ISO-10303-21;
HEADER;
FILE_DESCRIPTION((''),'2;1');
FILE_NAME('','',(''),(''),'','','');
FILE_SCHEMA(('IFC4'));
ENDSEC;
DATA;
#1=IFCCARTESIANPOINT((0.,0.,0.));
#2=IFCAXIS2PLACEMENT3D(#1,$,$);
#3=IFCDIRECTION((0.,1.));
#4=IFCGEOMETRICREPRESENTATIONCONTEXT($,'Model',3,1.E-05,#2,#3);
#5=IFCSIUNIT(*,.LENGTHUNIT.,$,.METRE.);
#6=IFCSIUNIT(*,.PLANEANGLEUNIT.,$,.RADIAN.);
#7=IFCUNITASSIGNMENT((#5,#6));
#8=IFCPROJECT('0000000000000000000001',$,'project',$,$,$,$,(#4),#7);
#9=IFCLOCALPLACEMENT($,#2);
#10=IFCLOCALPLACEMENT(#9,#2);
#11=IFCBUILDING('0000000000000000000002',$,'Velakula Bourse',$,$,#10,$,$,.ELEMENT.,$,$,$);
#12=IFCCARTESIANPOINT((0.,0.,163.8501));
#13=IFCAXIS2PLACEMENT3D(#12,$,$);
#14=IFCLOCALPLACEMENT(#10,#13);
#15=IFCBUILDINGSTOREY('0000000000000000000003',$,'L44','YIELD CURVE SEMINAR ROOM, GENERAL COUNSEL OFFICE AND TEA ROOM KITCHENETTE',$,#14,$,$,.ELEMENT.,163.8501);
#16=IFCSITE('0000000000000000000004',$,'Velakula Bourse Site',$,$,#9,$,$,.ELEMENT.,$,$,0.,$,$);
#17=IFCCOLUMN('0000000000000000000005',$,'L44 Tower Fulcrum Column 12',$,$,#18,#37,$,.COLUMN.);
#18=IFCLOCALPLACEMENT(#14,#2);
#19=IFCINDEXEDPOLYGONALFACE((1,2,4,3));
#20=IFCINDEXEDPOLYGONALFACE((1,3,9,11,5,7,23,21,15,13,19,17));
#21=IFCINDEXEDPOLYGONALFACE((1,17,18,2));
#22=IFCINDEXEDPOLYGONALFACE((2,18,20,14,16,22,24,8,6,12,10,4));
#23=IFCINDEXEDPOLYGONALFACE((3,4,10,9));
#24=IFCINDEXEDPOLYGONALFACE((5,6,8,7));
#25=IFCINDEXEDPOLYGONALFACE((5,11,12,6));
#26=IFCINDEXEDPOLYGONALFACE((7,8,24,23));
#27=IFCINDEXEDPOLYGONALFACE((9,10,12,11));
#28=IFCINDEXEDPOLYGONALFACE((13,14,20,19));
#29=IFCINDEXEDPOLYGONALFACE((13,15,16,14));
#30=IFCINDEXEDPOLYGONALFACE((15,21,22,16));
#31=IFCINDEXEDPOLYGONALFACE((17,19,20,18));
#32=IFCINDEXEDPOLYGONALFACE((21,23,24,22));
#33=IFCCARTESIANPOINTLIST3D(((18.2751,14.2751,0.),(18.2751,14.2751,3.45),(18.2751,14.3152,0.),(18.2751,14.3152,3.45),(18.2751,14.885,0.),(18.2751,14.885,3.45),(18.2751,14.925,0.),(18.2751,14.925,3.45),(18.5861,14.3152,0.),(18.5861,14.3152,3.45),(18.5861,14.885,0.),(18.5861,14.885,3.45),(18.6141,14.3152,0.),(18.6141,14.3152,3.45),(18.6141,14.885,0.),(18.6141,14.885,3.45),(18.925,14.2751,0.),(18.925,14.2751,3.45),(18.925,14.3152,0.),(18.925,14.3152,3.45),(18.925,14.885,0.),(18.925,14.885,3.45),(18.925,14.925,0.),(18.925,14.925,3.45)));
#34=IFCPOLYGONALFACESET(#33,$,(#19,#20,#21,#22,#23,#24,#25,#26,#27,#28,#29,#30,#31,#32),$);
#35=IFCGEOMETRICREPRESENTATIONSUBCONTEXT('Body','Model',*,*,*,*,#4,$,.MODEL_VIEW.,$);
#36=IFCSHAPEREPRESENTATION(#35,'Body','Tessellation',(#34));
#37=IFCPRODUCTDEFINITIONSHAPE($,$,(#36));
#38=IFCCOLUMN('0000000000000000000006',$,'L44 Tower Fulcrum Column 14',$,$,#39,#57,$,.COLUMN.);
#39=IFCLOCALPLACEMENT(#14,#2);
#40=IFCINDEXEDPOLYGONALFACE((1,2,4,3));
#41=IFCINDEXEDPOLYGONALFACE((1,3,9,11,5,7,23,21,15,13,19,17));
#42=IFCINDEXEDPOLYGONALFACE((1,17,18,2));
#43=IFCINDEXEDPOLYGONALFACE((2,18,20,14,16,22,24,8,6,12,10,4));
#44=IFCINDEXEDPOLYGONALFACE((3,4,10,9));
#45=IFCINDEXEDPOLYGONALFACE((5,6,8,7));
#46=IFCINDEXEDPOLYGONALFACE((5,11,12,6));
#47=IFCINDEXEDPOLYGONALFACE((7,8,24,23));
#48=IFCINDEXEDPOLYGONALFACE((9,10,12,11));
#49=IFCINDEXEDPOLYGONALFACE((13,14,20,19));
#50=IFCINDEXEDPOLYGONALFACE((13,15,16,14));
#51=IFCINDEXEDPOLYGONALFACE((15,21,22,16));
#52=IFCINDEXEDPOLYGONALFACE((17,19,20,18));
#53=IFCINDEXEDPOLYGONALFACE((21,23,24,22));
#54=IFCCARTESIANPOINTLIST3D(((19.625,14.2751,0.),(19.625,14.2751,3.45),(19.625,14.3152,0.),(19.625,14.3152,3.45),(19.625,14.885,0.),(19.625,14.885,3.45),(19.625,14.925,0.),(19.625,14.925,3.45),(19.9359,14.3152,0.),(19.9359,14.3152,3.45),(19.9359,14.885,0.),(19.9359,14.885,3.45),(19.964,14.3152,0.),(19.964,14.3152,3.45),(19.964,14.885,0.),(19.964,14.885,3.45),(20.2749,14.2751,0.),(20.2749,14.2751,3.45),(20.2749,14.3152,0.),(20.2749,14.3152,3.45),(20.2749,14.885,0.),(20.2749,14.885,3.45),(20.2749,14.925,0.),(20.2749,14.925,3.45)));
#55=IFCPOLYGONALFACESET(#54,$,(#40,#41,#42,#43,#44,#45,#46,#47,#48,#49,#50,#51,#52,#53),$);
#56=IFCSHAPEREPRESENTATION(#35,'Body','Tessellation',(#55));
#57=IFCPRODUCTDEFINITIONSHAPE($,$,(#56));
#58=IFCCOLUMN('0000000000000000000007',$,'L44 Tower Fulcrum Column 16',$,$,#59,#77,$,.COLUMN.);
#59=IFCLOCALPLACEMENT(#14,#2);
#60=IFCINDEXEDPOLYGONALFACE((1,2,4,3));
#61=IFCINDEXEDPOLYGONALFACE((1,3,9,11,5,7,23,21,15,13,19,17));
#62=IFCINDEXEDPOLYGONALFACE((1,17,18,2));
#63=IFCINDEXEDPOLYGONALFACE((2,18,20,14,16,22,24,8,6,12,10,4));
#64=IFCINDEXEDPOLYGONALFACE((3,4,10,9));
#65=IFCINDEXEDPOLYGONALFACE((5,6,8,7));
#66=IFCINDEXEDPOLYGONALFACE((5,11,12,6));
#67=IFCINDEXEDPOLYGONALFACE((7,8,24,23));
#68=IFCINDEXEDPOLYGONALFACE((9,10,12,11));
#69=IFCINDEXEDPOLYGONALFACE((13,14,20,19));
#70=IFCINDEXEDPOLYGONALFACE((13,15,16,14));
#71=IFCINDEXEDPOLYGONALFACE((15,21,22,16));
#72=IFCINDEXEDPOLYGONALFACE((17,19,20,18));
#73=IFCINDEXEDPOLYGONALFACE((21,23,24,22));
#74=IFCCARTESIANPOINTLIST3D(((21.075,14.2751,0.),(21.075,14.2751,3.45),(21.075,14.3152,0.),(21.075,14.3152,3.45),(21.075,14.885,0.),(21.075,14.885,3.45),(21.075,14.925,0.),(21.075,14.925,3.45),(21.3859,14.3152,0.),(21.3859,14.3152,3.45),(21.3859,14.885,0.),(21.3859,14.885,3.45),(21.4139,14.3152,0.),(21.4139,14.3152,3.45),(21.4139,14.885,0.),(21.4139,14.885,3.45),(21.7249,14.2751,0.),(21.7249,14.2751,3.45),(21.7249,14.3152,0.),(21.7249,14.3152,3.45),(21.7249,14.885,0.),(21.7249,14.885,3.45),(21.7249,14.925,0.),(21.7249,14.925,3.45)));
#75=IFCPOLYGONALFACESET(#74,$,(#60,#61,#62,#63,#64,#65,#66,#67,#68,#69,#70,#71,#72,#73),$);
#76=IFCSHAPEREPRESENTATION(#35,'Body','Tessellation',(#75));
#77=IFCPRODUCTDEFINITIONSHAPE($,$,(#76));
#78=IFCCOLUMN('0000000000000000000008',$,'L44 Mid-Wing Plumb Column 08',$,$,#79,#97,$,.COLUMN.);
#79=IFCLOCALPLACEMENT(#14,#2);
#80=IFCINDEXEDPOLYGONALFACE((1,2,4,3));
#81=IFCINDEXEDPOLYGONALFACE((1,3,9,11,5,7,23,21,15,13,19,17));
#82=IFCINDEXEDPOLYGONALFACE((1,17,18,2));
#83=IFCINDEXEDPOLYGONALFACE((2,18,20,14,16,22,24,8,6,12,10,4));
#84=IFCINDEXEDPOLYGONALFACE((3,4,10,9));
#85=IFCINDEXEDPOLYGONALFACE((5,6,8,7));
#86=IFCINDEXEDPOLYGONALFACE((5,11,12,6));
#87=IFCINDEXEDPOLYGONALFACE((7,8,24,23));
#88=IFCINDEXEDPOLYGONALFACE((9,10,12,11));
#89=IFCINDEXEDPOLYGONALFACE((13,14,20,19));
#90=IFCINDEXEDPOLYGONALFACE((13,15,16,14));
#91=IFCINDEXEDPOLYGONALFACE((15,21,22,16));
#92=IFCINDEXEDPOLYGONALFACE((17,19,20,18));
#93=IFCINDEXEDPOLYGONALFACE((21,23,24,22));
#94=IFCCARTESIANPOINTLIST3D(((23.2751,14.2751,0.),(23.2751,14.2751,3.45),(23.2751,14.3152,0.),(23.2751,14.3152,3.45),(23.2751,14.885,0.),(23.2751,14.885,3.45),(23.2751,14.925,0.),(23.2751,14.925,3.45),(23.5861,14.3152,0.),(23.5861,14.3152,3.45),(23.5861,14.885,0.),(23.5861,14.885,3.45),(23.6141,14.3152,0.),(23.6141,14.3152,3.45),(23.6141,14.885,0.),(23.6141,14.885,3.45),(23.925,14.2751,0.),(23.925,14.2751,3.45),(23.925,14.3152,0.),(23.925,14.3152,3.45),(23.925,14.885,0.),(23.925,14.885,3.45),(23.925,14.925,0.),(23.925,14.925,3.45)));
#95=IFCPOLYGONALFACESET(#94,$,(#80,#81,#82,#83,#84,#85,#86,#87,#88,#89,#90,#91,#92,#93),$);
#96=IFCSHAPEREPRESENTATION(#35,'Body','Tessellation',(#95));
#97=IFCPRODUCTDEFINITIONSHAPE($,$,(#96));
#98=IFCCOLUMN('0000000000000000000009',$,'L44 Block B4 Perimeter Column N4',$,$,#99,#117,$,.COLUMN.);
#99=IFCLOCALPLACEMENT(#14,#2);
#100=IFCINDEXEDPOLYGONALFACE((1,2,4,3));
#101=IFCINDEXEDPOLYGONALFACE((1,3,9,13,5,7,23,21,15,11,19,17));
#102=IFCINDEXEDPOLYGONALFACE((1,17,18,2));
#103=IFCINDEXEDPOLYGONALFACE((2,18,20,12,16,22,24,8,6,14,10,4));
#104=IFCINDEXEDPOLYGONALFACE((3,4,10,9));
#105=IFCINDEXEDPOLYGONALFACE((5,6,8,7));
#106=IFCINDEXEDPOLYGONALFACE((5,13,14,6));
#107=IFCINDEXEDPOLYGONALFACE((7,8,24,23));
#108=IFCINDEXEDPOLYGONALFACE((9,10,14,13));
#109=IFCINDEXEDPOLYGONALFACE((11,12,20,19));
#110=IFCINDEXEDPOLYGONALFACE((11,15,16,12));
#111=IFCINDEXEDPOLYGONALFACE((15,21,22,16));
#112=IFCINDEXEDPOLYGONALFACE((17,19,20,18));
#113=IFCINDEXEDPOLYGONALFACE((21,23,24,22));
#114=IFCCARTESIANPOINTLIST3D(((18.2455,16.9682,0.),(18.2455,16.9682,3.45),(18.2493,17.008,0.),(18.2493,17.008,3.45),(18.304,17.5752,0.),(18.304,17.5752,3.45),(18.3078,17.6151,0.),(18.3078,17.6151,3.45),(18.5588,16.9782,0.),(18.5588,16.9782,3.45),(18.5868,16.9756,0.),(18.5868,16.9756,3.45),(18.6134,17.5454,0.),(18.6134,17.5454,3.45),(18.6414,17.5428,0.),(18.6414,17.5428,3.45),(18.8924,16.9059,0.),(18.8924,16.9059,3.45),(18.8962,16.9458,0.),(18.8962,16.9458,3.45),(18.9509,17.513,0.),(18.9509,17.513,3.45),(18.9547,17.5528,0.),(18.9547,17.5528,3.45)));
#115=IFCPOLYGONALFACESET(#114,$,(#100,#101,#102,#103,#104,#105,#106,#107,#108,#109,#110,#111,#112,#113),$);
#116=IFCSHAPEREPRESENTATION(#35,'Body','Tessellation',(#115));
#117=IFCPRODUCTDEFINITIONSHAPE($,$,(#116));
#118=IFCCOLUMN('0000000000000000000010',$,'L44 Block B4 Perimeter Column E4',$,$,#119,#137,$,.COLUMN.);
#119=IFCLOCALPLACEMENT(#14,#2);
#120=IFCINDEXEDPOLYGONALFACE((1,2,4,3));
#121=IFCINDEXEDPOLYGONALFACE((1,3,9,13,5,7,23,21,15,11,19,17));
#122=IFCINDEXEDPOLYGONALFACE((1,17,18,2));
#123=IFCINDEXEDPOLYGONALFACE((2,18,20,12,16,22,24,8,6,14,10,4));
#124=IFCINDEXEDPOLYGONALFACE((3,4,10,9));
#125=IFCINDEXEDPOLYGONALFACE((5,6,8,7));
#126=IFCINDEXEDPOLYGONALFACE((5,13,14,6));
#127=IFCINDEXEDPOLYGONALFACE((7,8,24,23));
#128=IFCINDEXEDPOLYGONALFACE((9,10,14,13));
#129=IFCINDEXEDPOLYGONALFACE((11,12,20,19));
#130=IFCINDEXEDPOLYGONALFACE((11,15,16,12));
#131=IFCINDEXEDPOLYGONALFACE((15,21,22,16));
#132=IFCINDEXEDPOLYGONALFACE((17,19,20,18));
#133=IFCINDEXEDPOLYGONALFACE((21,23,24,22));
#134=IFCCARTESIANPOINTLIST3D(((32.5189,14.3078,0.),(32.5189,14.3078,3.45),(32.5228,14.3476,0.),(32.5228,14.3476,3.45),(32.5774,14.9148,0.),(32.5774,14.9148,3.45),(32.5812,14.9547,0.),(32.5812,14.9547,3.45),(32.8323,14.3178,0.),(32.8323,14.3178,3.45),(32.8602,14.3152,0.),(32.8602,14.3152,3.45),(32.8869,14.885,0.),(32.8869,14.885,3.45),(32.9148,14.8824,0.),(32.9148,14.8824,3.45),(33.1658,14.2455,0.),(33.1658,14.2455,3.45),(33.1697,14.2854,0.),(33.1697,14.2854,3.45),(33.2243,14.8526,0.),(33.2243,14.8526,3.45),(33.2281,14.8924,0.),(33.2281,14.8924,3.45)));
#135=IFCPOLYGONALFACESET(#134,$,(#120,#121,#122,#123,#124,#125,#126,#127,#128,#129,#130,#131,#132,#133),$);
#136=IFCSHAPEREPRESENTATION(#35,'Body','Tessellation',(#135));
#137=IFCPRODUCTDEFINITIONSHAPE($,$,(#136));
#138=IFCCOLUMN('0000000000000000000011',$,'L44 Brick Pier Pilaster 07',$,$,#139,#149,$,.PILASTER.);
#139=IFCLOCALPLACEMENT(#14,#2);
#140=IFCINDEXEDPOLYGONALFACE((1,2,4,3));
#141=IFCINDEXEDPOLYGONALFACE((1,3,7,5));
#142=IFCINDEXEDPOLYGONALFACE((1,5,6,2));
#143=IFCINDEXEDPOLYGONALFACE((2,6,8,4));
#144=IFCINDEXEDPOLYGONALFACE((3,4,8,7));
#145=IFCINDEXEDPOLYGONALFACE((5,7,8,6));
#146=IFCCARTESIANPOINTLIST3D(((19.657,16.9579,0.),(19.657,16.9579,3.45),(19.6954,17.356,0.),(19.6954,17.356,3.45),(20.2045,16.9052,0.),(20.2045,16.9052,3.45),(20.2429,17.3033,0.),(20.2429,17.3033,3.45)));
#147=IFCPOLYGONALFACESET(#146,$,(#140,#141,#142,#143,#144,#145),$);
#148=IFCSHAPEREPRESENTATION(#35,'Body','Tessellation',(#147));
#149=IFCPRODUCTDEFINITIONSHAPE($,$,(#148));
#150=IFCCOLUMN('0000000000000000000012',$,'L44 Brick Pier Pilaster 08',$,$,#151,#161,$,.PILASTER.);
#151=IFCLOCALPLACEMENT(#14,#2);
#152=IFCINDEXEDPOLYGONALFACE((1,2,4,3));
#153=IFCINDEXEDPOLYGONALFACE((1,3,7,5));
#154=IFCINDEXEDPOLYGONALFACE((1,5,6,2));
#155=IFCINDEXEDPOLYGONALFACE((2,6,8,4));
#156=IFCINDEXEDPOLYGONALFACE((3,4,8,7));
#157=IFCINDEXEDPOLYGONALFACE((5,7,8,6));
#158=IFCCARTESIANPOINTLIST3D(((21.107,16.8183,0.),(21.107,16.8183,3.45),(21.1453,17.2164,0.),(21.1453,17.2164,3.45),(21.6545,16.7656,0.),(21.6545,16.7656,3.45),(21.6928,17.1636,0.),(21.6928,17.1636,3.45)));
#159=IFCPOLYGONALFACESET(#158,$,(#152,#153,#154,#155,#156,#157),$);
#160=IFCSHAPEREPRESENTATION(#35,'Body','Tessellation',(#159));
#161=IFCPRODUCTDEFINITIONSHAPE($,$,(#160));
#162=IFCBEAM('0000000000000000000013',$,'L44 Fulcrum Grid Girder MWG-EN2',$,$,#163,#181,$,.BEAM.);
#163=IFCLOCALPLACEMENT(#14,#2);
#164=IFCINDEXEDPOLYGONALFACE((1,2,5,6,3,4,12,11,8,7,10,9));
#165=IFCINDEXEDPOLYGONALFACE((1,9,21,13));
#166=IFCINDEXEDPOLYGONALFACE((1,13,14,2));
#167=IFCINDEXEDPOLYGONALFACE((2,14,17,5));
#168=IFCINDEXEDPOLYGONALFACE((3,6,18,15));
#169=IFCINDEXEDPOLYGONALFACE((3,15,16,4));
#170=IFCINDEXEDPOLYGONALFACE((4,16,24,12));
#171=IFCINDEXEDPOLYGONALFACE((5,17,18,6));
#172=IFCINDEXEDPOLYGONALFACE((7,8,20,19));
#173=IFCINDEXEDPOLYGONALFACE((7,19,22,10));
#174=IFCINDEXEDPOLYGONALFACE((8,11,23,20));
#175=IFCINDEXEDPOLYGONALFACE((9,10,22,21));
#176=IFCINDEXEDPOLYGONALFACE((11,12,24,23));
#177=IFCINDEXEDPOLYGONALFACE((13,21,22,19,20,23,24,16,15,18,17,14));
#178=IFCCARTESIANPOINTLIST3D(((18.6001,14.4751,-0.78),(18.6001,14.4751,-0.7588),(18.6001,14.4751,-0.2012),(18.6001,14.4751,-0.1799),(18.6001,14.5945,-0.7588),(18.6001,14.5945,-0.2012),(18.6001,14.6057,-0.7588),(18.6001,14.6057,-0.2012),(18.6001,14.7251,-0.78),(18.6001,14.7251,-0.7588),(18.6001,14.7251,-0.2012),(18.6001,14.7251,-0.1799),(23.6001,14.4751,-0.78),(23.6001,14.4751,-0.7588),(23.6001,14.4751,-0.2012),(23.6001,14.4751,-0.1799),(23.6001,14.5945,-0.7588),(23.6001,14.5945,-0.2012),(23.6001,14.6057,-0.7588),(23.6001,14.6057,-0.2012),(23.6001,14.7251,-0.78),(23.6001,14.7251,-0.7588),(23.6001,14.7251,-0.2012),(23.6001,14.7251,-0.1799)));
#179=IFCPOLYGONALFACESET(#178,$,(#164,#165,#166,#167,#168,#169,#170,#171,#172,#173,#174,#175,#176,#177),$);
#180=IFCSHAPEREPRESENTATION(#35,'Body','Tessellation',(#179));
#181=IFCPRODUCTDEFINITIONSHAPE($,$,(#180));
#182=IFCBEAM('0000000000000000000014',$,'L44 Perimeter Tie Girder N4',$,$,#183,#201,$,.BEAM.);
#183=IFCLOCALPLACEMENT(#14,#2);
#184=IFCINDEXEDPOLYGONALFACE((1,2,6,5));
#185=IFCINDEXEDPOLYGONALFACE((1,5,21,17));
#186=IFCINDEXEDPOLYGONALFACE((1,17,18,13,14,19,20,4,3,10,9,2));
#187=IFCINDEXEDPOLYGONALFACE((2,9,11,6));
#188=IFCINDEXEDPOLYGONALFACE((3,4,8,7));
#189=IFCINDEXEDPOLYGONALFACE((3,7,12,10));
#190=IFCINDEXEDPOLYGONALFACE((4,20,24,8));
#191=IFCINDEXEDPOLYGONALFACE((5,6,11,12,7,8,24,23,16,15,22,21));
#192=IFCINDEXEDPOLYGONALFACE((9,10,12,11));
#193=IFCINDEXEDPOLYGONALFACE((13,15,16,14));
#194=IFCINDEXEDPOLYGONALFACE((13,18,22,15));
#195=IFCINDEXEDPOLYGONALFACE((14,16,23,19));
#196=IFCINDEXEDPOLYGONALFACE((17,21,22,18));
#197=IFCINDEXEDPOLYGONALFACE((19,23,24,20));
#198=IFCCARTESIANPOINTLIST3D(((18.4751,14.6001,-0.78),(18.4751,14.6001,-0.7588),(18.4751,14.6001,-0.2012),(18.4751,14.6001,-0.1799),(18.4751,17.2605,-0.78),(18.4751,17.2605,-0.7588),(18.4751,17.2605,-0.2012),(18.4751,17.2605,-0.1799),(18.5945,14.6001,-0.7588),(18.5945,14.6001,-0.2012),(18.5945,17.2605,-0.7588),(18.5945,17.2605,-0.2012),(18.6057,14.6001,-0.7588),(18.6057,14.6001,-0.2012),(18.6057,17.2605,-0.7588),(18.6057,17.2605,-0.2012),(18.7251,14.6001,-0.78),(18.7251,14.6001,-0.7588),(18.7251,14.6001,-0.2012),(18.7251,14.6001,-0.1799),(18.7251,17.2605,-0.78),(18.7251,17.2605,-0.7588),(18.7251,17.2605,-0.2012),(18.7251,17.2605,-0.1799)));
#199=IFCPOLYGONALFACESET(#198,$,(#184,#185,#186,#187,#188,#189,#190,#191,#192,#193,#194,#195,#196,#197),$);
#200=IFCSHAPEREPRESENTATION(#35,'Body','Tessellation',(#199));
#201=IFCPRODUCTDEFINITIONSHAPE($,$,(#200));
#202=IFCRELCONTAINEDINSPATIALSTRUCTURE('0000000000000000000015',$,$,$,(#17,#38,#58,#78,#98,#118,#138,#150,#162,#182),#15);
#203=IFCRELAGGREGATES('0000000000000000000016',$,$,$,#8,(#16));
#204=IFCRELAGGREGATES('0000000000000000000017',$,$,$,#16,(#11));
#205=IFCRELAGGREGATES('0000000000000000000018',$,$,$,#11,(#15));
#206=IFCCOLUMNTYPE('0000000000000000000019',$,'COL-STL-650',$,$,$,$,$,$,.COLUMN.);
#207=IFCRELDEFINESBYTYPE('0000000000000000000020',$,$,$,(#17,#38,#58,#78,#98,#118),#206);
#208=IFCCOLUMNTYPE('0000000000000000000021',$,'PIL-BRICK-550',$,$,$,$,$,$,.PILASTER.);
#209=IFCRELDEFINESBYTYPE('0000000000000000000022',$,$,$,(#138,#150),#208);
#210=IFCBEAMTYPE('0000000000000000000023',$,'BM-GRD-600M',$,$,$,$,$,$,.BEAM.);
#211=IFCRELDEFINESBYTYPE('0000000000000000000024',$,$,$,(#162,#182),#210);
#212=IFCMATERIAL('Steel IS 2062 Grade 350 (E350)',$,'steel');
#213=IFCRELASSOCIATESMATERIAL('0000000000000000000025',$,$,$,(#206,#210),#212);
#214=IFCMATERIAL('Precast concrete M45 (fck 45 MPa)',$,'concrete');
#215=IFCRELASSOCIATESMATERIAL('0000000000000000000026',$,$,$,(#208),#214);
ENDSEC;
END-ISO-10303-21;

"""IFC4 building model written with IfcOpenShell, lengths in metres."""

from ifc_helpers import new_model, si_unit, direction, frame, origin, origin_2d, place, context, subcontext, project, spatial, rectangle, i_section, extrude, material, material_profile, profile_set, type_object, element, save


model = new_model("IFC4")

# Units and contexts
model_context = context("Model", 3, precision=1e-05, world=origin(), true_north=direction((0.0, 1.0)))
body_context = subcontext(model_context, "Body", "Model", "MODEL_VIEW")
ifc_project = project(units=[si_unit("LENGTHUNIT", "METRE"), si_unit("PLANEANGLEUNIT", "RADIAN")], contexts=[model_context])

# Site, building, storey
site_placement = place(None, origin())
site = spatial("IfcSite", under=ifc_project, at=site_placement, Name="Velakula Bourse Site", CompositionType="ELEMENT", RefElevation=0.0)
building_placement = place(site_placement, origin())
building = spatial("IfcBuilding", under=site, at=building_placement, Name="Velakula Bourse", CompositionType="ELEMENT")
storey_placement = place(building_placement, frame((0.0, 0.0, 163.8501)))
storey = spatial("IfcBuildingStorey", under=building, at=storey_placement, Name="L44", Description="YIELD CURVE SEMINAR ROOM, GENERAL COUNSEL OFFICE AND TEA ROOM KITCHENETTE", CompositionType="ELEMENT", Elevation=163.8501)

# Columns
ifc_material_1 = material(Name="Steel IS 2062 Grade 350 (E350)", Category="steel")
ifc_material_profile_1 = material_profile(ifc_material_1, i_section(OverallWidth=0.6499, OverallDepth=0.6499, WebThickness=0.0281, FlangeThickness=0.04, at=origin_2d()), Name="Steel IS 2062 Grade 350 (E350)")
ifc_profile_set_1 = profile_set([ifc_material_profile_1], Name="Steel IS 2062 Grade 350 (E350)")
column_type_1 = type_object("IfcColumnType", Name="COL-STL-650", PredefinedType="COLUMN", material=ifc_profile_set_1)
for number, where, z_axis, x_axis, name in (
    (1, (18.6001, 14.6001, 0.0), (0.0, 0.0, 1.0), (1.0, 0.0, 0.0), "L44 Tower Fulcrum Column 12"),
    (2, (19.95, 14.6001, 0.0), (0.0, 0.0, 1.0), (1.0, 0.0, 0.0), "L44 Tower Fulcrum Column 14"),
    (3, (21.3999, 14.6001, 0.0), (0.0, 0.0, 1.0), (1.0, 0.0, 0.0), "L44 Tower Fulcrum Column 16"),
    (4, (23.6001, 14.6001, 0.0), (0.0, 0.0, 1.0), (1.0, 0.0, 0.0), "L44 Mid-Wing Plumb Column 08"),
    (5, (18.6001, 17.2605, 0.0), (0.0, 0.0, 1.0), (0.995396, -0.095846, 0.0), "L44 Block B4 Perimeter Column N4"),
    (6, (32.8735, 14.6001, 0.0), (0.0, 0.0, 1.0), (0.995396, -0.095846, 0.0), "L44 Block B4 Perimeter Column E4"),
):
    element("IfcColumn", number, at=place(storey_placement, frame(where, z_axis=z_axis, x_axis=x_axis)), inside=storey, type_object=column_type_1, Name=name, PredefinedType="COLUMN", context=body_context, shape_type="SweptSolid", body=[
        extrude(i_section(OverallWidth=0.6499, OverallDepth=0.6499, WebThickness=0.0281, FlangeThickness=0.04, at=origin_2d()), origin(), (0.0, 0.0, 1.0), 3.45),
    ])
ifc_material_2 = material(Name="Precast concrete M45 (fck 45 MPa)", Category="concrete")
ifc_material_profile_2 = material_profile(ifc_material_2, rectangle(XDim=0.55, YDim=0.3999, at=origin_2d()), Name="Precast concrete M45 (fck 45 MPa)")
ifc_profile_set_2 = profile_set([ifc_material_profile_2], Name="Precast concrete M45 (fck 45 MPa)")
column_type_2 = type_object("IfcColumnType", Name="PIL-BRICK-550", PredefinedType="PILASTER", material=ifc_profile_set_2)
for number, where, z_axis, x_axis, name in (
    (7, (19.95, 17.1306, 0.0), (0.0, 0.0, 1.0), (0.995396, -0.095846, 0.0), "L44 Brick Pier Pilaster 07"),
    (8, (21.3999, 16.991, 0.0), (0.0, 0.0, 1.0), (0.995396, -0.095846, 0.0), "L44 Brick Pier Pilaster 08"),
):
    element("IfcColumn", number, at=place(storey_placement, frame(where, z_axis=z_axis, x_axis=x_axis)), inside=storey, type_object=column_type_2, Name=name, PredefinedType="PILASTER", context=body_context, shape_type="SweptSolid", body=[
        extrude(rectangle(XDim=0.55, YDim=0.3999, at=origin_2d()), origin(), (0.0, 0.0, 1.0), 3.45),
    ])

# Beams
ifc_material_profile_3 = material_profile(ifc_material_1, i_section(OverallWidth=0.25, OverallDepth=0.6001, WebThickness=0.0112, FlangeThickness=0.0212, at=origin_2d()), Name="Steel IS 2062 Grade 350 (E350)")
ifc_profile_set_3 = profile_set([ifc_material_profile_3], Name="Steel IS 2062 Grade 350 (E350)")
beam_type_1 = type_object("IfcBeamType", Name="BM-GRD-600M", PredefinedType="BEAM", material=ifc_profile_set_3)
beam_1_placement = place(storey_placement, frame((18.6001, 14.6001, -0.48), z_axis=(1.0, 0.0, 0.0), x_axis=(0.0, 1.0, 0.0)))
element("IfcBeam", 9, at=beam_1_placement, inside=storey, type_object=beam_type_1, Name="L44 Fulcrum Grid Girder MWG-EN2", PredefinedType="BEAM", context=body_context, shape_type="SweptSolid", body=[
    extrude(i_section(OverallWidth=0.25, OverallDepth=0.6001, WebThickness=0.0112, FlangeThickness=0.0212, at=origin_2d()), origin(), (0.0, 0.0, 1.0), 5.0),
])
beam_2_placement = place(storey_placement, frame((18.6001, 14.6001, -0.48), z_axis=(0.0, 1.0, 0.0), x_axis=(-1.0, 0.0, 0.0)))
element("IfcBeam", 10, at=beam_2_placement, inside=storey, type_object=beam_type_1, Name="L44 Perimeter Tie Girder N4", PredefinedType="BEAM", context=body_context, shape_type="SweptSolid", body=[
    extrude(i_section(OverallWidth=0.25, OverallDepth=0.6001, WebThickness=0.0112, FlangeThickness=0.0212, at=origin_2d()), origin(), (0.0, 0.0, 1.0), 2.6604),
])

save(model, "model.ifc")
